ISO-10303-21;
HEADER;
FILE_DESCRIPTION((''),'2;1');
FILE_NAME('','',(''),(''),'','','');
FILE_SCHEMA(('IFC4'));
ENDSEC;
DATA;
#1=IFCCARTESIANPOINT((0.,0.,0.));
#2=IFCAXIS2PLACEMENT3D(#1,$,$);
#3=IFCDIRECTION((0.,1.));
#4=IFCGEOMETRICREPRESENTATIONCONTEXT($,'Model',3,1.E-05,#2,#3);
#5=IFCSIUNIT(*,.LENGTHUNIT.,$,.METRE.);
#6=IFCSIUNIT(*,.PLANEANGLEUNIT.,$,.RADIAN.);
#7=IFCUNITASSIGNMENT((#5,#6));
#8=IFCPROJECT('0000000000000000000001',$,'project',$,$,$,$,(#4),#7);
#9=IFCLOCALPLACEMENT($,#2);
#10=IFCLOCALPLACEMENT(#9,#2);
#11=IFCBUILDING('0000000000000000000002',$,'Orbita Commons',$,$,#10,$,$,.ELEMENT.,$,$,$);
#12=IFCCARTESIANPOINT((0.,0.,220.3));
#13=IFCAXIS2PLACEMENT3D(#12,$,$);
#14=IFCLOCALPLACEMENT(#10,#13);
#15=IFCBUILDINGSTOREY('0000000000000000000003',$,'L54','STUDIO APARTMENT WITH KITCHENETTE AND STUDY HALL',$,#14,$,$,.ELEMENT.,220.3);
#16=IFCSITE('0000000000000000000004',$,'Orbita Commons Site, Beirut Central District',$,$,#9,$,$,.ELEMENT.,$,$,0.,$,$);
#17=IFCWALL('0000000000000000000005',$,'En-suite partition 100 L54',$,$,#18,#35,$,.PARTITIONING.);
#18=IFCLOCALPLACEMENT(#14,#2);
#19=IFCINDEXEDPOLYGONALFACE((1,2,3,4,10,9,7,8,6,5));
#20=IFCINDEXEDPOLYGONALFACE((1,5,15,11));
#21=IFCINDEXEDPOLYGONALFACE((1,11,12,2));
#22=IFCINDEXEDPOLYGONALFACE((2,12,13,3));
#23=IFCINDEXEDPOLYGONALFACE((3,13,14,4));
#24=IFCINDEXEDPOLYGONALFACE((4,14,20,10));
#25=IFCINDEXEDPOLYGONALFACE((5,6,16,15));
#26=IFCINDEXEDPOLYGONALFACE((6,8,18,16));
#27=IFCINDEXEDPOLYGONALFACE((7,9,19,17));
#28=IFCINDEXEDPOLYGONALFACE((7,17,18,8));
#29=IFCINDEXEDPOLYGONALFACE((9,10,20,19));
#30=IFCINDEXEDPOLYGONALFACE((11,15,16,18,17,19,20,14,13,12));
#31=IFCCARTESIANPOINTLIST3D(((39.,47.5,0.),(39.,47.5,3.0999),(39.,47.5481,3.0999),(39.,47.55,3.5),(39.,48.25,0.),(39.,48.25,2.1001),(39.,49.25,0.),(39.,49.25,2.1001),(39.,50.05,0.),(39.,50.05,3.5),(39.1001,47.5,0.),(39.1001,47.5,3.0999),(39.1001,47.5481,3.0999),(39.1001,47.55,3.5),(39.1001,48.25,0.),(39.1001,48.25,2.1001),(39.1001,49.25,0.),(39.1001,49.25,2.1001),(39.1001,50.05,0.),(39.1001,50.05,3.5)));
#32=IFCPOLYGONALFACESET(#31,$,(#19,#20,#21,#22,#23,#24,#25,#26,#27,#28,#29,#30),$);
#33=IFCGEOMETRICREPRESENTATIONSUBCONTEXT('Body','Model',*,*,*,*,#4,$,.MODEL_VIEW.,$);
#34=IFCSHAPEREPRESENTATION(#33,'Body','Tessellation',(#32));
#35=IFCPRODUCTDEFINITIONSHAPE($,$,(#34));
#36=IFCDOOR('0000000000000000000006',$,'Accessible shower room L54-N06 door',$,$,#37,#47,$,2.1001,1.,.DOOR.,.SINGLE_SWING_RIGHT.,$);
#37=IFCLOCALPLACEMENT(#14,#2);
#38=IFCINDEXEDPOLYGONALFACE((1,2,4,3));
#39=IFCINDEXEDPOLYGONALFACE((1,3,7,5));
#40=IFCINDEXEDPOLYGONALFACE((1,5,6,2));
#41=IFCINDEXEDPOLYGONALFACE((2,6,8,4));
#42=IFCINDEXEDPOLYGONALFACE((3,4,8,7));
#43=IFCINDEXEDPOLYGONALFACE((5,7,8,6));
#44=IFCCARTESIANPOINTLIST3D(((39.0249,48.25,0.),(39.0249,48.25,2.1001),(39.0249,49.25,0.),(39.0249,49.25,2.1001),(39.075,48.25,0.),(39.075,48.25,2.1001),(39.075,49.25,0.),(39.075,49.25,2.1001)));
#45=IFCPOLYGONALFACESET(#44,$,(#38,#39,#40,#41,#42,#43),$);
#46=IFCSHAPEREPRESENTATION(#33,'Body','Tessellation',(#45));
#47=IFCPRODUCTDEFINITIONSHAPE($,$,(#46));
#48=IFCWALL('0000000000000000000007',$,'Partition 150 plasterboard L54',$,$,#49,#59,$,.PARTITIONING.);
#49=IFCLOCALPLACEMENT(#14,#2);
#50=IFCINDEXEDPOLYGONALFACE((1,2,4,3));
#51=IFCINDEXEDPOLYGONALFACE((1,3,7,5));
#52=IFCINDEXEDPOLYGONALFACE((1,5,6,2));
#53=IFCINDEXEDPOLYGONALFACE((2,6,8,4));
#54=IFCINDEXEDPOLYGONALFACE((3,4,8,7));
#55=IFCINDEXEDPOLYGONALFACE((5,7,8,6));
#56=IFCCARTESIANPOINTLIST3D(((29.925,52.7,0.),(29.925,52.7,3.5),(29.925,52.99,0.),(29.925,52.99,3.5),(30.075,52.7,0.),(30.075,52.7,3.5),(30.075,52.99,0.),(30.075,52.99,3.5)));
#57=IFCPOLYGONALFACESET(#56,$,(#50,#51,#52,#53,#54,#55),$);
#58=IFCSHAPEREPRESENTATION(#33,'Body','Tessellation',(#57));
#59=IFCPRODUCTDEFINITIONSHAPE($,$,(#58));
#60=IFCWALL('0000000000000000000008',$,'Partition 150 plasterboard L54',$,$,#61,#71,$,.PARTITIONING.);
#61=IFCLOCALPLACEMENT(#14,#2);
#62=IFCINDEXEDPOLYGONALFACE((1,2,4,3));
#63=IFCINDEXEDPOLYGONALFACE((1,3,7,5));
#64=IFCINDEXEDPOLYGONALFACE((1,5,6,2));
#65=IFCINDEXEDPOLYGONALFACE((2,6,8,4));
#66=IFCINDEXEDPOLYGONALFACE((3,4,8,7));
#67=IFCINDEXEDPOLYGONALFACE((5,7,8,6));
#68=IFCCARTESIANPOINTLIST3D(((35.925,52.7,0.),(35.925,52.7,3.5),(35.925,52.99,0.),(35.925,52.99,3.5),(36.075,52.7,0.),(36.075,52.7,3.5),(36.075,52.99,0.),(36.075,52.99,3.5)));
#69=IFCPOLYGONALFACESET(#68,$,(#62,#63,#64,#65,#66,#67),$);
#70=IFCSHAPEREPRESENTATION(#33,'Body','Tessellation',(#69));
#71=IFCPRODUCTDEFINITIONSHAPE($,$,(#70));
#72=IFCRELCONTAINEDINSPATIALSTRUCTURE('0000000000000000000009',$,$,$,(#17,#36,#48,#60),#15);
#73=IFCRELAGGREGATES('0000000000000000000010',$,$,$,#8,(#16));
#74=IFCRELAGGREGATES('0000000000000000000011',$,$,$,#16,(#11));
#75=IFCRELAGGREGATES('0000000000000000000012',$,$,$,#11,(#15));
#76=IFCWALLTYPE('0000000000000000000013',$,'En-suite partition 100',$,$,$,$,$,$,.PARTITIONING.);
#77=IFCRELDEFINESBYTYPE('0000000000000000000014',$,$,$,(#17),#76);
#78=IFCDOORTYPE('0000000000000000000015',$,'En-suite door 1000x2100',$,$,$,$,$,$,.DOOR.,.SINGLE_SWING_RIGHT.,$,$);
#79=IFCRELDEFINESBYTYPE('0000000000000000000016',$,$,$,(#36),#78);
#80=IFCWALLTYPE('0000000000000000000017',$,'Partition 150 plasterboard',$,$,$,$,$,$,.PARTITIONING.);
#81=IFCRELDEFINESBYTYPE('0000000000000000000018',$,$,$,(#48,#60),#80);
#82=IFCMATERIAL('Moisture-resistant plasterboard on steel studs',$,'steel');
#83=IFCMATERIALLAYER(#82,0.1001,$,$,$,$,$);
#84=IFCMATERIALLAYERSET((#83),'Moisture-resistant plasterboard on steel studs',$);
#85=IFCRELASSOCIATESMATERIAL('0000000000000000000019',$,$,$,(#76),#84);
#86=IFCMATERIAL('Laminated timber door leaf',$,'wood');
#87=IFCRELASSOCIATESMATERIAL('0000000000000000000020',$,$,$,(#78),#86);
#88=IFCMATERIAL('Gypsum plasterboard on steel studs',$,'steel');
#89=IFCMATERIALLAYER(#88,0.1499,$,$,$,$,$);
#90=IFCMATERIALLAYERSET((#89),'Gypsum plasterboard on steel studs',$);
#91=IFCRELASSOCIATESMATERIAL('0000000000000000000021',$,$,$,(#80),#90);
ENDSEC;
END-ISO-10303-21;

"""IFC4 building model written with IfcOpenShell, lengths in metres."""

from ifc_helpers import new_model, si_unit, direction, frame, frame_2d, origin, place, context, subcontext, project, spatial, polyline, rectangle, outline, extrude, material, layer, layer_set, type_object, element, fill, save


model = new_model("IFC4")

# Units and contexts
model_context = context("Model", 3, precision=1e-05, world=origin(), true_north=direction((0.0, 1.0)))
body_context = subcontext(model_context, "Body", "Model", "MODEL_VIEW")
ifc_project = project(units=[si_unit("LENGTHUNIT", "METRE"), si_unit("PLANEANGLEUNIT", "RADIAN")], contexts=[model_context])

# Site, building, storey
site_placement = place(None, origin())
site = spatial("IfcSite", under=ifc_project, at=site_placement, Name="Orbita Commons Site, Beirut Central District", CompositionType="ELEMENT", RefElevation=0.0)
building_placement = place(site_placement, origin())
building = spatial("IfcBuilding", under=site, at=building_placement, Name="Orbita Commons", CompositionType="ELEMENT")
storey_placement = place(building_placement, frame((0.0, 0.0, 220.3)))
storey = spatial("IfcBuildingStorey", under=building, at=storey_placement, Name="L54", Description="STUDIO APARTMENT WITH KITCHENETTE AND STUDY HALL", CompositionType="ELEMENT", Elevation=220.3)

# Shared definitions
ifc_material_1 = material(Name="Moisture-resistant plasterboard on steel studs", Category="steel")
ifc_layer_1 = layer(ifc_material_1, 0.1001)
ifc_layer_set_1 = layer_set([ifc_layer_1], Name="Moisture-resistant plasterboard on steel studs")
wall_type_1 = type_object("IfcWallType", Name="En-suite partition 100", PredefinedType="PARTITIONING", material=ifc_layer_set_1)

# Wall, opening, door
wall_1_placement = place(storey_placement, frame((39.05, 50.05, 0.0), z_axis=(0.0, 0.0, 1.0), x_axis=(0.0, -1.0, 0.0)))
wall_1 = element("IfcWall", 1, at=wall_1_placement, inside=storey, type_object=wall_type_1, Name="En-suite partition 100 L54", PredefinedType="PARTITIONING", context=body_context, shape_type="SweptSolid", body=[
    extrude(outline(polyline([(0.0, 0.0), (2.55, 0.0), (2.55, 3.0999), (2.502, 3.0999), (2.5, 3.5), (0.0, 3.5), (0.0, 0.0)])), frame((0.0, 0.05, 0.0), z_axis=(0.0, -1.0, 0.0), x_axis=(1.0, 0.0, 0.0)), (0.0, 0.0, 1.0), 0.1001),
])
opening_1_placement = place(wall_1_placement, frame((0.8, 0.0, 0.0)))
opening_1 = element("IfcOpeningElement", 2, at=opening_1_placement, cuts=wall_1, PredefinedType="OPENING", context=body_context, shape_type="SweptSolid", body=[
    extrude(rectangle(XDim=1.0, YDim=2.1001, at=frame_2d((0.5, 1.05))), frame((0.0, 0.0601, 0.0), z_axis=(0.0, -1.0, 0.0), x_axis=(1.0, 0.0, 0.0)), (0.0, 0.0, 1.0), 0.1201),
])
ifc_material_2 = material(Name="Laminated timber door leaf", Category="wood")
door_type_1 = type_object("IfcDoorType", Name="En-suite door 1000x2100", OperationType="SINGLE_SWING_RIGHT", PredefinedType="DOOR", material=ifc_material_2)
door_1_placement = place(opening_1_placement, origin())
door_1 = element("IfcDoor", 3, at=door_1_placement, inside=storey, type_object=door_type_1, Name="Accessible shower room L54-N06 door", OperationType="SINGLE_SWING_RIGHT", OverallHeight=2.1001, OverallWidth=1.0, PredefinedType="DOOR", context=body_context, shape_type="SweptSolid", body=[
    extrude(rectangle(XDim=1.0, YDim=2.1001, at=frame_2d((0.5, 1.05))), frame((0.0, 0.0249, 0.0), z_axis=(0.0, -1.0, 0.0), x_axis=(1.0, 0.0, 0.0)), (0.0, 0.0, 1.0), 0.05),
])
fill(opening_1, door_1)

# Walls
ifc_material_3 = material(Name="Gypsum plasterboard on steel studs", Category="steel")
ifc_layer_2 = layer(ifc_material_3, 0.1499)
ifc_layer_set_2 = layer_set([ifc_layer_2], Name="Gypsum plasterboard on steel studs")
wall_type_2 = type_object("IfcWallType", Name="Partition 150 plasterboard", PredefinedType="PARTITIONING", material=ifc_layer_set_2)
for number, where, z_axis, x_axis, name in (
    (4, (30.0, 52.7, 0.0), (0.0, 0.0, 1.0), (0.0, 1.0, 0.0), "Partition 150 plasterboard L54"),
    (5, (36.0, 52.7, 0.0), (0.0, 0.0, 1.0), (0.0, 1.0, 0.0), "Partition 150 plasterboard L54"),
):
    element("IfcWall", number, at=place(storey_placement, frame(where, z_axis=z_axis, x_axis=x_axis)), inside=storey, type_object=wall_type_2, Name=name, PredefinedType="PARTITIONING", context=body_context, shape_type="SweptSolid", body=[
        extrude(rectangle(XDim=0.29, YDim=0.1499, at=frame_2d((0.145, 0.0))), origin(), (0.0, 0.0, 1.0), 3.5),
    ])

save(model, "model.ifc")
